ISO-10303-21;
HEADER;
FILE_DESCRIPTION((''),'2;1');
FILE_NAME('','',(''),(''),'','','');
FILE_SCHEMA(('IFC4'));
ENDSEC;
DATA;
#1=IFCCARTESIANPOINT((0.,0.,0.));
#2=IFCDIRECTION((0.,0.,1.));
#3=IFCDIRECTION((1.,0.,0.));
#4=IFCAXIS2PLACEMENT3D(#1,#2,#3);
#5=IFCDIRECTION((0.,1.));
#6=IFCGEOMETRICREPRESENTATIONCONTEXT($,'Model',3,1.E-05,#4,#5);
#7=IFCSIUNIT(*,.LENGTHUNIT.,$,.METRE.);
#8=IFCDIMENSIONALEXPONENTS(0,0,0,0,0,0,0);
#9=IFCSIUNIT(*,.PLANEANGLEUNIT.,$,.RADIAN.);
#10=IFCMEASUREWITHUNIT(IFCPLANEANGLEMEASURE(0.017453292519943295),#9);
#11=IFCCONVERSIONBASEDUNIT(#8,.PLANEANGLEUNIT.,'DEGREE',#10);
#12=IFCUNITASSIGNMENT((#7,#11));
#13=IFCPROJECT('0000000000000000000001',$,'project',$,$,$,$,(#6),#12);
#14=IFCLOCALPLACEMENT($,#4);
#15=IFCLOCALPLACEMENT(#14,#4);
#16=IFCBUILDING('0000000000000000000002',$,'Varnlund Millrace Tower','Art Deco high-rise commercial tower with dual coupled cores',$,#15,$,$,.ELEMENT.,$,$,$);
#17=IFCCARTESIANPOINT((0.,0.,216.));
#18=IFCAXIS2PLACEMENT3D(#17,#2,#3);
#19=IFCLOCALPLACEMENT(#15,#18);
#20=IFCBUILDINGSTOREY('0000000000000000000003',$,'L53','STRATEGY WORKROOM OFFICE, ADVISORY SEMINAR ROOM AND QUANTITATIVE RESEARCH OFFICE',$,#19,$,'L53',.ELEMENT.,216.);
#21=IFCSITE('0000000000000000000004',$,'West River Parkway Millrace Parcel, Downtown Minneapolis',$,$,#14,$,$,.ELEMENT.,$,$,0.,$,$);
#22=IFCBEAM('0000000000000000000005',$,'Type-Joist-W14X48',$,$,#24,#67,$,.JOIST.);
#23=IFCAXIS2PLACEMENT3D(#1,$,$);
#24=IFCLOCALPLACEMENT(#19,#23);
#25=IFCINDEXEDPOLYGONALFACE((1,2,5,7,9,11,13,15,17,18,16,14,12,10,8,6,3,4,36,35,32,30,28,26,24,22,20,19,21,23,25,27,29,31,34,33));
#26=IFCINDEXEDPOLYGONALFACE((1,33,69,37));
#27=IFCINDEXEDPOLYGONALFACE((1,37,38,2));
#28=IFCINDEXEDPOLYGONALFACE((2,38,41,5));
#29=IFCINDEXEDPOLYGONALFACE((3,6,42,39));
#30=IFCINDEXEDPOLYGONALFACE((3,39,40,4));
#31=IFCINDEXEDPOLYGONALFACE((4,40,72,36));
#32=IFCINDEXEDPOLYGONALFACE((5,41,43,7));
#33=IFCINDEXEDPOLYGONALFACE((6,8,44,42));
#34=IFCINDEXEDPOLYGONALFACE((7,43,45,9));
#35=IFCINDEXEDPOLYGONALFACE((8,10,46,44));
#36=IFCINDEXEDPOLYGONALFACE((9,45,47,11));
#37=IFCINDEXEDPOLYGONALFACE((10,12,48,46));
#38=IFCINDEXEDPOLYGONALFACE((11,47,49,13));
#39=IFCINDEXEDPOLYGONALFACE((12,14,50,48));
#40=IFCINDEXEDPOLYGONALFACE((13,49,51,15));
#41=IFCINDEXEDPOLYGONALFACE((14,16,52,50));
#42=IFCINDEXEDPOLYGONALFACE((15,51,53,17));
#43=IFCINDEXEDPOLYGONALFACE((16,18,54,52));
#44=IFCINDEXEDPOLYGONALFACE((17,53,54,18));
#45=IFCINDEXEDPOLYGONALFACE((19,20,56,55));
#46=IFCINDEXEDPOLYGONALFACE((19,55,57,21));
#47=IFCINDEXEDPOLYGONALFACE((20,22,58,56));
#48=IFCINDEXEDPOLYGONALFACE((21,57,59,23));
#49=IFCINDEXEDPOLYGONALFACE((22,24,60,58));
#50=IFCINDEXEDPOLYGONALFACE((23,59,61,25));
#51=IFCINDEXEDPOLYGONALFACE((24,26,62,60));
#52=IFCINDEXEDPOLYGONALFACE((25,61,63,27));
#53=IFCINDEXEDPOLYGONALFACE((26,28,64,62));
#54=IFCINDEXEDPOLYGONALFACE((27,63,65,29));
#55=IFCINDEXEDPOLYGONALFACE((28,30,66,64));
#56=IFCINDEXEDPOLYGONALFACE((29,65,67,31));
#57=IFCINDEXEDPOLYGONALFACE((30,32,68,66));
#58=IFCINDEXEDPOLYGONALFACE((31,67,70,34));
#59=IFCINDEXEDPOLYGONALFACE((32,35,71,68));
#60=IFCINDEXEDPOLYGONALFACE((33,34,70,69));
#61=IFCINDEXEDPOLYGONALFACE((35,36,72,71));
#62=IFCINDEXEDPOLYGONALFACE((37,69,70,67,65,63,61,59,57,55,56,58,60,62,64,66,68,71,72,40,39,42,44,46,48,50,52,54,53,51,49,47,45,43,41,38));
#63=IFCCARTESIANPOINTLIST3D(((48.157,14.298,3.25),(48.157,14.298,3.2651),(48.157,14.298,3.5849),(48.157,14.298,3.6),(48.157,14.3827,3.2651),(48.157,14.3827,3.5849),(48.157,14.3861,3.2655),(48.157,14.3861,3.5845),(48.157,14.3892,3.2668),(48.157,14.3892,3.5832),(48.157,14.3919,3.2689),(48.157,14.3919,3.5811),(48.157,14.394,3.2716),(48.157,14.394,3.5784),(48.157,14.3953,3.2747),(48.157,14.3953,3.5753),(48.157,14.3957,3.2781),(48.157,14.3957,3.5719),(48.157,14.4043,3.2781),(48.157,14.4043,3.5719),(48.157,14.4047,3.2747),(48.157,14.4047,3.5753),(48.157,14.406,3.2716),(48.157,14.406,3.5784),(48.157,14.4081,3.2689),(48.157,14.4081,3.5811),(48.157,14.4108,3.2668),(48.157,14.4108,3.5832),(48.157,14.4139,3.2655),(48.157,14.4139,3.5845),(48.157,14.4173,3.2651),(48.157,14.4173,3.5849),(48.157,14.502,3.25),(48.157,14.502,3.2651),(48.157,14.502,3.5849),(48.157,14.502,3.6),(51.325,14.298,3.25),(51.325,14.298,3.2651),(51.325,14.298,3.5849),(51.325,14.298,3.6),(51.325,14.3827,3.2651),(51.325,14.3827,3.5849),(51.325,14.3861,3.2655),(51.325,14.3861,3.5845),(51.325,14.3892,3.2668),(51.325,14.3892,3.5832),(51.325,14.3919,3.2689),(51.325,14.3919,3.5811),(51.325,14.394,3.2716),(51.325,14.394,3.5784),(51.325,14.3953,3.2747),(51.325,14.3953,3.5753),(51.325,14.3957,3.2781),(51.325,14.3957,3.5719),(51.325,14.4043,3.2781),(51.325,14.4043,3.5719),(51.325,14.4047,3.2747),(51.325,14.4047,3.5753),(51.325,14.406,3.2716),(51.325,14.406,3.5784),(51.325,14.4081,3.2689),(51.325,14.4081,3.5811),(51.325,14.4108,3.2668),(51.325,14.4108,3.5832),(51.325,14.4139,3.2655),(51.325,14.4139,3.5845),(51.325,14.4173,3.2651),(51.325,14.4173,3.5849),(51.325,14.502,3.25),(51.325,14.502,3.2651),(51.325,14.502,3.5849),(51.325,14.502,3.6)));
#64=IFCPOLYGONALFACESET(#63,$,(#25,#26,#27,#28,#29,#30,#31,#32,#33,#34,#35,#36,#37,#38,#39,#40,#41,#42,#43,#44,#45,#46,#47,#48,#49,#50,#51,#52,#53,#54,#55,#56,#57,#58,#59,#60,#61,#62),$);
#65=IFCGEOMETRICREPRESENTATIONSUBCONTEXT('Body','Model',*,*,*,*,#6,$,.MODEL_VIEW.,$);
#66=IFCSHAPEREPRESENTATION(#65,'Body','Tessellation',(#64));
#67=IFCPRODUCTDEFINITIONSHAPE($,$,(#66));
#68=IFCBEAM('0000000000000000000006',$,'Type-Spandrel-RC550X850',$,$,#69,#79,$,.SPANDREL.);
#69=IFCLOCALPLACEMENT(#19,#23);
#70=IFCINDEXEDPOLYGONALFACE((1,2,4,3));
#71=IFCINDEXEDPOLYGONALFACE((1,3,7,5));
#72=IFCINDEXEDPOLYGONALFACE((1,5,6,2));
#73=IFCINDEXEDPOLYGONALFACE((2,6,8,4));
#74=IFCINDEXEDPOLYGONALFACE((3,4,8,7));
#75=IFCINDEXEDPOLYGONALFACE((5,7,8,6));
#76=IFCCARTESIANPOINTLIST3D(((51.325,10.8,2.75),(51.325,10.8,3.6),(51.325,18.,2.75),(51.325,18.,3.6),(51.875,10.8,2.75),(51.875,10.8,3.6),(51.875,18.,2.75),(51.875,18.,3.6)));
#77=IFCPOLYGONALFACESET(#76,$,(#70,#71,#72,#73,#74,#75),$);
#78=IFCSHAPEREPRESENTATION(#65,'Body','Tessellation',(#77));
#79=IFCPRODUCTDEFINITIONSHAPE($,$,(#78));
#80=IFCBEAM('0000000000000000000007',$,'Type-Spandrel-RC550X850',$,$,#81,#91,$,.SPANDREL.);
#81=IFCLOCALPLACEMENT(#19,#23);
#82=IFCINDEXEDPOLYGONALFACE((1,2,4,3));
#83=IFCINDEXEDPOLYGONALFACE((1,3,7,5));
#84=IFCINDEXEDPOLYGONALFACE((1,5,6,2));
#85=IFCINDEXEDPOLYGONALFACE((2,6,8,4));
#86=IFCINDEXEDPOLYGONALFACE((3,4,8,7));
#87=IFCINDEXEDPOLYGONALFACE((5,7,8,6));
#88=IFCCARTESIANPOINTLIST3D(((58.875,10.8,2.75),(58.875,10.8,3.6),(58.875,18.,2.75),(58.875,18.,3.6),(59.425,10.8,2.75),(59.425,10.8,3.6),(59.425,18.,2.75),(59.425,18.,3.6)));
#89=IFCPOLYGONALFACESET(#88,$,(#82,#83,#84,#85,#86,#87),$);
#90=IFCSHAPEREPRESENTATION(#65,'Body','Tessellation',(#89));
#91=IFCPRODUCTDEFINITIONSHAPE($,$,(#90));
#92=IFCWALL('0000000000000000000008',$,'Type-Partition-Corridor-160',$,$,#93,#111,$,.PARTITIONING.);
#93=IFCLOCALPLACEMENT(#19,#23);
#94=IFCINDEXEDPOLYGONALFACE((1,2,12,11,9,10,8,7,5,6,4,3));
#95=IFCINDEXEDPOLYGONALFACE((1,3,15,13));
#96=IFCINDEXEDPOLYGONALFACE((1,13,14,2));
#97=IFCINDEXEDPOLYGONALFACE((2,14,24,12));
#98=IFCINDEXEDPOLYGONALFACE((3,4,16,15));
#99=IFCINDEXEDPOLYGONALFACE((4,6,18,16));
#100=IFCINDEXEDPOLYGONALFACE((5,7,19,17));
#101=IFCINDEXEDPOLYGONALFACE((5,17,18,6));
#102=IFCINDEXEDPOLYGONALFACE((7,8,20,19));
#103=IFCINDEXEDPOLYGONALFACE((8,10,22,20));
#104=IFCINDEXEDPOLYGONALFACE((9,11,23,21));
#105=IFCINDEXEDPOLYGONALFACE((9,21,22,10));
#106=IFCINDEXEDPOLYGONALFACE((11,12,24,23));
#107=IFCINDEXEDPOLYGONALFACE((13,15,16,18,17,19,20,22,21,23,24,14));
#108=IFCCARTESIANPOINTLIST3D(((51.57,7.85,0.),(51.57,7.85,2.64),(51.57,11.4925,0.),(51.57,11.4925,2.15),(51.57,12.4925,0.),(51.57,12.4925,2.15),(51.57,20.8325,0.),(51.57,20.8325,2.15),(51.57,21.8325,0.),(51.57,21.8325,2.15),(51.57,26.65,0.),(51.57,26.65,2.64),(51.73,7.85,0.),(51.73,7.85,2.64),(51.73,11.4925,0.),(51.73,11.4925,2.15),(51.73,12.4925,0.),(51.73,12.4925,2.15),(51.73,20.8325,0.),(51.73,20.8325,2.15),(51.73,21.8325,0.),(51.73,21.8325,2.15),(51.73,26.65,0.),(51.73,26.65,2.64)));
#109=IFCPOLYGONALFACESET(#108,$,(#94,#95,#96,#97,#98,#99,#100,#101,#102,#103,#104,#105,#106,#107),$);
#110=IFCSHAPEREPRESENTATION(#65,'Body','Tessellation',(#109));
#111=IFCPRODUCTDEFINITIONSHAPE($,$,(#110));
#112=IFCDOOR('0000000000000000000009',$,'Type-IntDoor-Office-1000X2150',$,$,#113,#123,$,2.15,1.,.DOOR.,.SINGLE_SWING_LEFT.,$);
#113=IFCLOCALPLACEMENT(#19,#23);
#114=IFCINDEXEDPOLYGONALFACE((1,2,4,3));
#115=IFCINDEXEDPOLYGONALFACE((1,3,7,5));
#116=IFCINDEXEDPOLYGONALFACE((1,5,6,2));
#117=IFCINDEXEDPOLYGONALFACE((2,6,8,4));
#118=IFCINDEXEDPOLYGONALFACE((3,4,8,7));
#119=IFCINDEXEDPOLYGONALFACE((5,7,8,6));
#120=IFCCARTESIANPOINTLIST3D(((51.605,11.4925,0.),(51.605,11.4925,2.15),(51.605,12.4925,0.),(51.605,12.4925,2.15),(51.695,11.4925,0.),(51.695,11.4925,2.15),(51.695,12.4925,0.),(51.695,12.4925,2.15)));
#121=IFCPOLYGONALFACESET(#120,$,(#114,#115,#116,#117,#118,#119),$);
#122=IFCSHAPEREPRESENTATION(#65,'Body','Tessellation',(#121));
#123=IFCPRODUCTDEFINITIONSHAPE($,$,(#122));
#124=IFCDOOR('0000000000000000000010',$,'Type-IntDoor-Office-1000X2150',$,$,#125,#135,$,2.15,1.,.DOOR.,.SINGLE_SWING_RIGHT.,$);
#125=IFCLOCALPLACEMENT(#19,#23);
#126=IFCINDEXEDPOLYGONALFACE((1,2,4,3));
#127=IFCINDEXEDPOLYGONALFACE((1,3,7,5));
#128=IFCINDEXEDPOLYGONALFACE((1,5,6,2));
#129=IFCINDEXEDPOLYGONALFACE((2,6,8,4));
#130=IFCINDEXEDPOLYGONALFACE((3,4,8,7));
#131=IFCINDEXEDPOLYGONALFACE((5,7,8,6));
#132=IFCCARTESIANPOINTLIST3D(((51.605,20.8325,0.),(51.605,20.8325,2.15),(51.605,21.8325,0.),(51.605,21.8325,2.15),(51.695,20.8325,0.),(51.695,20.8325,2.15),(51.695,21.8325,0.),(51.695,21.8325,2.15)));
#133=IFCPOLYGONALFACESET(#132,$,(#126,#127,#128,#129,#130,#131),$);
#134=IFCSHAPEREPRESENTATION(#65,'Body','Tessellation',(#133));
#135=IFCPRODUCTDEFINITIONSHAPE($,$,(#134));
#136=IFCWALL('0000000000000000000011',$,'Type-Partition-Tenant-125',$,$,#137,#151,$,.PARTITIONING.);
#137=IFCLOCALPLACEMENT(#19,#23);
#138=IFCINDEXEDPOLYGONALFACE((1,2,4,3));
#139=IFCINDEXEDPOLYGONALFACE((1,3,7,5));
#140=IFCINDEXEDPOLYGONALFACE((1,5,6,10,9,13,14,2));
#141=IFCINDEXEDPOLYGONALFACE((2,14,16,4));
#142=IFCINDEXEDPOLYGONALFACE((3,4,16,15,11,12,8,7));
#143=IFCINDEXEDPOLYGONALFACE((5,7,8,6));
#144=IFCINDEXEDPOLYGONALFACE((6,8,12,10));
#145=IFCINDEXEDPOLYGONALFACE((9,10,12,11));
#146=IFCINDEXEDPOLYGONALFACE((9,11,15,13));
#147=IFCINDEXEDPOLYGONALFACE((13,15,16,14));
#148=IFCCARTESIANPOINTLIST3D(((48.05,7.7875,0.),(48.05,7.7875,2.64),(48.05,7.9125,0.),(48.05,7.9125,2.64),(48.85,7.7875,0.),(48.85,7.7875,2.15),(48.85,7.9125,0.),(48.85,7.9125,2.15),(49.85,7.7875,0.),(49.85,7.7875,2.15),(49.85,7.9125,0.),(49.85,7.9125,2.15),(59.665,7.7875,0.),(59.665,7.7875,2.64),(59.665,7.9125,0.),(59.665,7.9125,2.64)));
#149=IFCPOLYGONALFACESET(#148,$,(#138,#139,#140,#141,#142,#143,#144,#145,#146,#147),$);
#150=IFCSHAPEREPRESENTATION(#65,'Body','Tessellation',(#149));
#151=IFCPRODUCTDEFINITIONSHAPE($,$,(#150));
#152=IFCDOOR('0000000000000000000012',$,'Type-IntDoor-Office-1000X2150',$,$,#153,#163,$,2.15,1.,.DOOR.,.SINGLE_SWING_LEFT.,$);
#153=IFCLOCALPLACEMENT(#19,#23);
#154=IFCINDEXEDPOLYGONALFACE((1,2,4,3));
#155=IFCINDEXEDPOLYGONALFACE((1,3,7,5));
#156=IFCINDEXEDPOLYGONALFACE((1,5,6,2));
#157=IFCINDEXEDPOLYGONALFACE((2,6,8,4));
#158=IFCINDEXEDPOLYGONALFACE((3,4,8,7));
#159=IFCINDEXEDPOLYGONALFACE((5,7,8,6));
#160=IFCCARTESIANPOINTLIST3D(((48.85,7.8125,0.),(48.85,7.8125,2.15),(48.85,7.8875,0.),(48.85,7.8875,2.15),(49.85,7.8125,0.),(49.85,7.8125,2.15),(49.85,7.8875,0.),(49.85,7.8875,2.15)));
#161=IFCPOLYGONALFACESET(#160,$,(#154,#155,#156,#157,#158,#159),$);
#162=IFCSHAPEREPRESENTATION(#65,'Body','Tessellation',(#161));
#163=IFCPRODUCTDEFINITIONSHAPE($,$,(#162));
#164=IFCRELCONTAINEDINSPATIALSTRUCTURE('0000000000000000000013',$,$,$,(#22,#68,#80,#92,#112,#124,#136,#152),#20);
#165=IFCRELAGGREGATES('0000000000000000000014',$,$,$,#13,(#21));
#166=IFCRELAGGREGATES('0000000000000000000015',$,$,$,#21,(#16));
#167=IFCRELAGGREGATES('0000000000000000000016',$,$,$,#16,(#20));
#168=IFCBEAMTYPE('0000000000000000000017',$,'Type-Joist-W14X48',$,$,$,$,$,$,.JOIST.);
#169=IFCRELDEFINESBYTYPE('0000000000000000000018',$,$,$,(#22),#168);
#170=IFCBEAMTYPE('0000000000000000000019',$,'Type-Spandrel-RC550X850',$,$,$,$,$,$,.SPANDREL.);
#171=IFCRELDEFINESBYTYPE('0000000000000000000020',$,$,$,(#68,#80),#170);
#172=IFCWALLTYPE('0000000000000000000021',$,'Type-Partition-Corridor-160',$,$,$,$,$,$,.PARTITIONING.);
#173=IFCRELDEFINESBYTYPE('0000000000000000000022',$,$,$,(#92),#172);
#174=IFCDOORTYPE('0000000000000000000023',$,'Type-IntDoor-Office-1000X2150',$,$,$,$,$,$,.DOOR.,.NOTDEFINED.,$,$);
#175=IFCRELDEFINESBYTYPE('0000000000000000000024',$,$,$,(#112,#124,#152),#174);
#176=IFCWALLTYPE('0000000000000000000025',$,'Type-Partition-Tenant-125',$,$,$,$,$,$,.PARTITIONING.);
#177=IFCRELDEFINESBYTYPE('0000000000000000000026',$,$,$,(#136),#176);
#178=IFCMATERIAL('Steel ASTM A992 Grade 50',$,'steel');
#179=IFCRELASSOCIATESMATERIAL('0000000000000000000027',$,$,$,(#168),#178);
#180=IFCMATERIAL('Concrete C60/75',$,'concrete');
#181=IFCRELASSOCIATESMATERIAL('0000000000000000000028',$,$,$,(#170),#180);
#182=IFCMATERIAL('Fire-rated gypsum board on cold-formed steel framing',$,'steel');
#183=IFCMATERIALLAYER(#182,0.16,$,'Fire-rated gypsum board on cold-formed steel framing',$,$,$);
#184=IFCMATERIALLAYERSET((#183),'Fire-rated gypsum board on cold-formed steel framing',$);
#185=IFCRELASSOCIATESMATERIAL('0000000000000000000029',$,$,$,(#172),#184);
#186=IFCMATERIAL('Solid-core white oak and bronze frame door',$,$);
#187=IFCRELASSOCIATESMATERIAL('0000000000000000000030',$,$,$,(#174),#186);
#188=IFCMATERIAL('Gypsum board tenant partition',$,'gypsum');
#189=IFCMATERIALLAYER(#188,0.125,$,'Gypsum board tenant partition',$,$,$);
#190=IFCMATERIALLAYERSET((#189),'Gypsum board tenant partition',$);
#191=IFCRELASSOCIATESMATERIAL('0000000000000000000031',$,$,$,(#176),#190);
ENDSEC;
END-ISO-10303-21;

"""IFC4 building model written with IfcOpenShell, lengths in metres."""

from ifc_helpers import new_model, entity, si_unit, converted_unit, direction, frame, origin_with_axes, origin_2d_with_axis, place, context, subcontext, project, spatial, polyline, rectangle, i_section, outline, extrude, material, layer, layer_set, material_profile, profile_set, type_object, element, fill, save


model = new_model("IFC4")

# Units and contexts
model_context = context("Model", 3, precision=1e-05, world=origin_with_axes(), true_north=direction((0.0, 1.0)))
body_context = subcontext(model_context, "Body", "Model", "MODEL_VIEW")
ifc_project = project(units=[si_unit("LENGTHUNIT", "METRE"), converted_unit("PLANEANGLEUNIT", "DEGREE", entity("IfcPlaneAngleMeasure", 0.017453292519943295), si_unit("PLANEANGLEUNIT", "RADIAN"), dimensions=[0, 0, 0, 0, 0, 0, 0])], contexts=[model_context])

# Site, building, storey
site_placement = place(None, origin_with_axes())
site = spatial("IfcSite", under=ifc_project, at=site_placement, Name="West River Parkway Millrace Parcel, Downtown Minneapolis", CompositionType="ELEMENT", RefElevation=0.0)
building_placement = place(site_placement, origin_with_axes())
building = spatial("IfcBuilding", under=site, at=building_placement, Name="Varnlund Millrace Tower", Description="Art Deco high-rise commercial tower with dual coupled cores", CompositionType="ELEMENT")
storey_placement = place(building_placement, frame((0.0, 0.0, 216.0), z_axis=(0.0, 0.0, 1.0), x_axis=(1.0, 0.0, 0.0)))
storey = spatial("IfcBuildingStorey", under=building, at=storey_placement, Name="L53", Description="STRATEGY WORKROOM OFFICE, ADVISORY SEMINAR ROOM AND QUANTITATIVE RESEARCH OFFICE", LongName="L53", CompositionType="ELEMENT", Elevation=216.0)

# Beams
ifc_material_1 = material(Name="Steel ASTM A992 Grade 50", Category="steel")
ifc_material_profile_1 = material_profile(ifc_material_1, i_section(OverallWidth=0.204, OverallDepth=0.35, WebThickness=0.0086, FlangeThickness=0.0151, FilletRadius=0.013, at=origin_2d_with_axis()), Name="Steel ASTM A992 Grade 50")
ifc_profile_set_1 = profile_set([ifc_material_profile_1], Name="Steel ASTM A992 Grade 50")
beam_type_1 = type_object("IfcBeamType", Name="Type-Joist-W14X48", PredefinedType="JOIST", material=ifc_profile_set_1)
beam_1_placement = place(storey_placement, frame((48.157, 14.4, 3.425), z_axis=(1.0, 0.0, 0.0), x_axis=(0.0, 1.0, 0.0)))
element("IfcBeam", 1, at=beam_1_placement, inside=storey, type_object=beam_type_1, Name="Type-Joist-W14X48", PredefinedType="JOIST", context=body_context, shape_type="SweptSolid", body=[
    extrude(i_section(OverallWidth=0.204, OverallDepth=0.35, WebThickness=0.0086, FlangeThickness=0.0151, FilletRadius=0.013, at=origin_2d_with_axis()), origin_with_axes(), (0.0, 0.0, 1.0), 3.168),
])
ifc_material_2 = material(Name="Concrete C60/75", Category="concrete")
ifc_material_profile_2 = material_profile(ifc_material_2, rectangle(XDim=0.55, YDim=0.85, at=origin_2d_with_axis()), Name="Concrete C60/75")
ifc_profile_set_2 = profile_set([ifc_material_profile_2], Name="Concrete C60/75")
beam_type_2 = type_object("IfcBeamType", Name="Type-Spandrel-RC550X850", PredefinedType="SPANDREL", material=ifc_profile_set_2)
for number, where, z_axis, x_axis, name in (
    (2, (51.6, 10.8, 3.175), (0.0, 1.0, 0.0), (-1.0, 0.0, 0.0), "Type-Spandrel-RC550X850"),
    (3, (59.15, 10.8, 3.175), (0.0, 1.0, 0.0), (-1.0, 0.0, 0.0), "Type-Spandrel-RC550X850"),
):
    element("IfcBeam", number, at=place(storey_placement, frame(where, z_axis=z_axis, x_axis=x_axis)), inside=storey, type_object=beam_type_2, Name=name, PredefinedType="SPANDREL", context=body_context, shape_type="SweptSolid", body=[
        extrude(rectangle(XDim=0.55, YDim=0.85, at=origin_2d_with_axis()), origin_with_axes(), (0.0, 0.0, 1.0), 7.2),
    ])

# Wall, openings, doors
ifc_material_3 = material(Name="Fire-rated gypsum board on cold-formed steel framing", Category="steel")
ifc_layer_1 = layer(ifc_material_3, 0.16, Name="Fire-rated gypsum board on cold-formed steel framing")
ifc_layer_set_1 = layer_set([ifc_layer_1], Name="Fire-rated gypsum board on cold-formed steel framing")
wall_type_1 = type_object("IfcWallType", Name="Type-Partition-Corridor-160", PredefinedType="PARTITIONING", material=ifc_layer_set_1)
wall_1_placement = place(storey_placement, frame((51.65, 7.85, 0.0), z_axis=(0.0, 0.0, 1.0), x_axis=(0.0, 1.0, 0.0)))
wall_1 = element("IfcWall", 4, at=wall_1_placement, inside=storey, type_object=wall_type_1, Name="Type-Partition-Corridor-160", PredefinedType="PARTITIONING", context=body_context, shape_type="SweptSolid", body=[
    extrude(outline(polyline([(0.0, -0.08), (18.8, -0.08), (18.8, 0.08), (0.0, 0.08), (0.0, -0.08)])), origin_with_axes(), (0.0, 0.0, 1.0), 2.64),
])
opening_1_placement = place(wall_1_placement, frame((4.1425, 0.0, 0.0), z_axis=(0.0, 0.0, 1.0), x_axis=(1.0, 0.0, 0.0)))
opening_1 = element("IfcOpeningElement", 5, at=opening_1_placement, cuts=wall_1, PredefinedType="OPENING", context=body_context, shape_type="SweptSolid", body=[
    extrude(rectangle(XDim=1.0, YDim=0.18, at=origin_2d_with_axis()), origin_with_axes(), (0.0, 0.0, 1.0), 2.15),
])
opening_2_placement = place(wall_1_placement, frame((13.4825, 0.0, 0.0), z_axis=(0.0, 0.0, 1.0), x_axis=(1.0, 0.0, 0.0)))
opening_2 = element("IfcOpeningElement", 6, at=opening_2_placement, cuts=wall_1, PredefinedType="OPENING", context=body_context, shape_type="SweptSolid", body=[
    extrude(rectangle(XDim=1.0, YDim=0.18, at=origin_2d_with_axis()), origin_with_axes(), (0.0, 0.0, 1.0), 2.15),
])
ifc_material_4 = material(Name="Solid-core white oak and bronze frame door")
door_type = type_object("IfcDoorType", Name="Type-IntDoor-Office-1000X2150", OperationType="NOTDEFINED", PredefinedType="DOOR", material=ifc_material_4)
door_1_placement = place(wall_1_placement, frame((4.1425, 0.0, 0.0), z_axis=(0.0, 0.0, 1.0), x_axis=(1.0, 0.0, 0.0)))
door_1 = element("IfcDoor", 7, at=door_1_placement, inside=storey, type_object=door_type, Name="Type-IntDoor-Office-1000X2150", OperationType="SINGLE_SWING_LEFT", OverallHeight=2.15, OverallWidth=1.0, PredefinedType="DOOR", context=body_context, shape_type="SweptSolid", body=[
    extrude(rectangle(XDim=1.0, YDim=0.09, at=origin_2d_with_axis()), origin_with_axes(), (0.0, 0.0, 1.0), 2.15),
])
fill(opening_1, door_1)
door_2_placement = place(wall_1_placement, frame((13.4825, 0.0, 0.0), z_axis=(0.0, 0.0, 1.0), x_axis=(1.0, 0.0, 0.0)))
door_2 = element("IfcDoor", 8, at=door_2_placement, inside=storey, type_object=door_type, Name="Type-IntDoor-Office-1000X2150", OperationType="SINGLE_SWING_RIGHT", OverallHeight=2.15, OverallWidth=1.0, PredefinedType="DOOR", context=body_context, shape_type="SweptSolid", body=[
    extrude(rectangle(XDim=1.0, YDim=0.09, at=origin_2d_with_axis()), origin_with_axes(), (0.0, 0.0, 1.0), 2.15),
])
fill(opening_2, door_2)

# Wall, opening, door
ifc_material_5 = material(Name="Gypsum board tenant partition", Category="gypsum")
ifc_layer_2 = layer(ifc_material_5, 0.125, Name="Gypsum board tenant partition")
ifc_layer_set_2 = layer_set([ifc_layer_2], Name="Gypsum board tenant partition")
wall_type_2 = type_object("IfcWallType", Name="Type-Partition-Tenant-125", PredefinedType="PARTITIONING", material=ifc_layer_set_2)
wall_2_placement = place(storey_placement, frame((59.665, 7.85, 0.0), z_axis=(0.0, 0.0, 1.0), x_axis=(-1.0, 0.0, 0.0)))
wall_2 = element("IfcWall", 9, at=wall_2_placement, inside=storey, type_object=wall_type_2, Name="Type-Partition-Tenant-125", PredefinedType="PARTITIONING", context=body_context, shape_type="SweptSolid", body=[
    extrude(outline(polyline([(0.0, -0.0625), (11.615, -0.0625), (11.615, 0.0625), (0.0, 0.0625), (0.0, -0.0625)])), origin_with_axes(), (0.0, 0.0, 1.0), 2.64),
])
opening_3_placement = place(wall_2_placement, frame((10.315, 0.0, 0.0), z_axis=(0.0, 0.0, 1.0), x_axis=(1.0, 0.0, 0.0)))
opening_3 = element("IfcOpeningElement", 10, at=opening_3_placement, cuts=wall_2, PredefinedType="OPENING", context=body_context, shape_type="SweptSolid", body=[
    extrude(rectangle(XDim=1.0, YDim=0.145, at=origin_2d_with_axis()), origin_with_axes(), (0.0, 0.0, 1.0), 2.15),
])
door_3_placement = place(wall_2_placement, frame((10.315, 0.0, 0.0), z_axis=(0.0, 0.0, 1.0), x_axis=(1.0, 0.0, 0.0)))
door_3 = element("IfcDoor", 11, at=door_3_placement, inside=storey, type_object=door_type, Name="Type-IntDoor-Office-1000X2150", OperationType="SINGLE_SWING_LEFT", OverallHeight=2.15, OverallWidth=1.0, PredefinedType="DOOR", context=body_context, shape_type="SweptSolid", body=[
    extrude(rectangle(XDim=1.0, YDim=0.075, at=origin_2d_with_axis()), origin_with_axes(), (0.0, 0.0, 1.0), 2.15),
])
fill(opening_3, door_3)

save(model, "model.ifc")
